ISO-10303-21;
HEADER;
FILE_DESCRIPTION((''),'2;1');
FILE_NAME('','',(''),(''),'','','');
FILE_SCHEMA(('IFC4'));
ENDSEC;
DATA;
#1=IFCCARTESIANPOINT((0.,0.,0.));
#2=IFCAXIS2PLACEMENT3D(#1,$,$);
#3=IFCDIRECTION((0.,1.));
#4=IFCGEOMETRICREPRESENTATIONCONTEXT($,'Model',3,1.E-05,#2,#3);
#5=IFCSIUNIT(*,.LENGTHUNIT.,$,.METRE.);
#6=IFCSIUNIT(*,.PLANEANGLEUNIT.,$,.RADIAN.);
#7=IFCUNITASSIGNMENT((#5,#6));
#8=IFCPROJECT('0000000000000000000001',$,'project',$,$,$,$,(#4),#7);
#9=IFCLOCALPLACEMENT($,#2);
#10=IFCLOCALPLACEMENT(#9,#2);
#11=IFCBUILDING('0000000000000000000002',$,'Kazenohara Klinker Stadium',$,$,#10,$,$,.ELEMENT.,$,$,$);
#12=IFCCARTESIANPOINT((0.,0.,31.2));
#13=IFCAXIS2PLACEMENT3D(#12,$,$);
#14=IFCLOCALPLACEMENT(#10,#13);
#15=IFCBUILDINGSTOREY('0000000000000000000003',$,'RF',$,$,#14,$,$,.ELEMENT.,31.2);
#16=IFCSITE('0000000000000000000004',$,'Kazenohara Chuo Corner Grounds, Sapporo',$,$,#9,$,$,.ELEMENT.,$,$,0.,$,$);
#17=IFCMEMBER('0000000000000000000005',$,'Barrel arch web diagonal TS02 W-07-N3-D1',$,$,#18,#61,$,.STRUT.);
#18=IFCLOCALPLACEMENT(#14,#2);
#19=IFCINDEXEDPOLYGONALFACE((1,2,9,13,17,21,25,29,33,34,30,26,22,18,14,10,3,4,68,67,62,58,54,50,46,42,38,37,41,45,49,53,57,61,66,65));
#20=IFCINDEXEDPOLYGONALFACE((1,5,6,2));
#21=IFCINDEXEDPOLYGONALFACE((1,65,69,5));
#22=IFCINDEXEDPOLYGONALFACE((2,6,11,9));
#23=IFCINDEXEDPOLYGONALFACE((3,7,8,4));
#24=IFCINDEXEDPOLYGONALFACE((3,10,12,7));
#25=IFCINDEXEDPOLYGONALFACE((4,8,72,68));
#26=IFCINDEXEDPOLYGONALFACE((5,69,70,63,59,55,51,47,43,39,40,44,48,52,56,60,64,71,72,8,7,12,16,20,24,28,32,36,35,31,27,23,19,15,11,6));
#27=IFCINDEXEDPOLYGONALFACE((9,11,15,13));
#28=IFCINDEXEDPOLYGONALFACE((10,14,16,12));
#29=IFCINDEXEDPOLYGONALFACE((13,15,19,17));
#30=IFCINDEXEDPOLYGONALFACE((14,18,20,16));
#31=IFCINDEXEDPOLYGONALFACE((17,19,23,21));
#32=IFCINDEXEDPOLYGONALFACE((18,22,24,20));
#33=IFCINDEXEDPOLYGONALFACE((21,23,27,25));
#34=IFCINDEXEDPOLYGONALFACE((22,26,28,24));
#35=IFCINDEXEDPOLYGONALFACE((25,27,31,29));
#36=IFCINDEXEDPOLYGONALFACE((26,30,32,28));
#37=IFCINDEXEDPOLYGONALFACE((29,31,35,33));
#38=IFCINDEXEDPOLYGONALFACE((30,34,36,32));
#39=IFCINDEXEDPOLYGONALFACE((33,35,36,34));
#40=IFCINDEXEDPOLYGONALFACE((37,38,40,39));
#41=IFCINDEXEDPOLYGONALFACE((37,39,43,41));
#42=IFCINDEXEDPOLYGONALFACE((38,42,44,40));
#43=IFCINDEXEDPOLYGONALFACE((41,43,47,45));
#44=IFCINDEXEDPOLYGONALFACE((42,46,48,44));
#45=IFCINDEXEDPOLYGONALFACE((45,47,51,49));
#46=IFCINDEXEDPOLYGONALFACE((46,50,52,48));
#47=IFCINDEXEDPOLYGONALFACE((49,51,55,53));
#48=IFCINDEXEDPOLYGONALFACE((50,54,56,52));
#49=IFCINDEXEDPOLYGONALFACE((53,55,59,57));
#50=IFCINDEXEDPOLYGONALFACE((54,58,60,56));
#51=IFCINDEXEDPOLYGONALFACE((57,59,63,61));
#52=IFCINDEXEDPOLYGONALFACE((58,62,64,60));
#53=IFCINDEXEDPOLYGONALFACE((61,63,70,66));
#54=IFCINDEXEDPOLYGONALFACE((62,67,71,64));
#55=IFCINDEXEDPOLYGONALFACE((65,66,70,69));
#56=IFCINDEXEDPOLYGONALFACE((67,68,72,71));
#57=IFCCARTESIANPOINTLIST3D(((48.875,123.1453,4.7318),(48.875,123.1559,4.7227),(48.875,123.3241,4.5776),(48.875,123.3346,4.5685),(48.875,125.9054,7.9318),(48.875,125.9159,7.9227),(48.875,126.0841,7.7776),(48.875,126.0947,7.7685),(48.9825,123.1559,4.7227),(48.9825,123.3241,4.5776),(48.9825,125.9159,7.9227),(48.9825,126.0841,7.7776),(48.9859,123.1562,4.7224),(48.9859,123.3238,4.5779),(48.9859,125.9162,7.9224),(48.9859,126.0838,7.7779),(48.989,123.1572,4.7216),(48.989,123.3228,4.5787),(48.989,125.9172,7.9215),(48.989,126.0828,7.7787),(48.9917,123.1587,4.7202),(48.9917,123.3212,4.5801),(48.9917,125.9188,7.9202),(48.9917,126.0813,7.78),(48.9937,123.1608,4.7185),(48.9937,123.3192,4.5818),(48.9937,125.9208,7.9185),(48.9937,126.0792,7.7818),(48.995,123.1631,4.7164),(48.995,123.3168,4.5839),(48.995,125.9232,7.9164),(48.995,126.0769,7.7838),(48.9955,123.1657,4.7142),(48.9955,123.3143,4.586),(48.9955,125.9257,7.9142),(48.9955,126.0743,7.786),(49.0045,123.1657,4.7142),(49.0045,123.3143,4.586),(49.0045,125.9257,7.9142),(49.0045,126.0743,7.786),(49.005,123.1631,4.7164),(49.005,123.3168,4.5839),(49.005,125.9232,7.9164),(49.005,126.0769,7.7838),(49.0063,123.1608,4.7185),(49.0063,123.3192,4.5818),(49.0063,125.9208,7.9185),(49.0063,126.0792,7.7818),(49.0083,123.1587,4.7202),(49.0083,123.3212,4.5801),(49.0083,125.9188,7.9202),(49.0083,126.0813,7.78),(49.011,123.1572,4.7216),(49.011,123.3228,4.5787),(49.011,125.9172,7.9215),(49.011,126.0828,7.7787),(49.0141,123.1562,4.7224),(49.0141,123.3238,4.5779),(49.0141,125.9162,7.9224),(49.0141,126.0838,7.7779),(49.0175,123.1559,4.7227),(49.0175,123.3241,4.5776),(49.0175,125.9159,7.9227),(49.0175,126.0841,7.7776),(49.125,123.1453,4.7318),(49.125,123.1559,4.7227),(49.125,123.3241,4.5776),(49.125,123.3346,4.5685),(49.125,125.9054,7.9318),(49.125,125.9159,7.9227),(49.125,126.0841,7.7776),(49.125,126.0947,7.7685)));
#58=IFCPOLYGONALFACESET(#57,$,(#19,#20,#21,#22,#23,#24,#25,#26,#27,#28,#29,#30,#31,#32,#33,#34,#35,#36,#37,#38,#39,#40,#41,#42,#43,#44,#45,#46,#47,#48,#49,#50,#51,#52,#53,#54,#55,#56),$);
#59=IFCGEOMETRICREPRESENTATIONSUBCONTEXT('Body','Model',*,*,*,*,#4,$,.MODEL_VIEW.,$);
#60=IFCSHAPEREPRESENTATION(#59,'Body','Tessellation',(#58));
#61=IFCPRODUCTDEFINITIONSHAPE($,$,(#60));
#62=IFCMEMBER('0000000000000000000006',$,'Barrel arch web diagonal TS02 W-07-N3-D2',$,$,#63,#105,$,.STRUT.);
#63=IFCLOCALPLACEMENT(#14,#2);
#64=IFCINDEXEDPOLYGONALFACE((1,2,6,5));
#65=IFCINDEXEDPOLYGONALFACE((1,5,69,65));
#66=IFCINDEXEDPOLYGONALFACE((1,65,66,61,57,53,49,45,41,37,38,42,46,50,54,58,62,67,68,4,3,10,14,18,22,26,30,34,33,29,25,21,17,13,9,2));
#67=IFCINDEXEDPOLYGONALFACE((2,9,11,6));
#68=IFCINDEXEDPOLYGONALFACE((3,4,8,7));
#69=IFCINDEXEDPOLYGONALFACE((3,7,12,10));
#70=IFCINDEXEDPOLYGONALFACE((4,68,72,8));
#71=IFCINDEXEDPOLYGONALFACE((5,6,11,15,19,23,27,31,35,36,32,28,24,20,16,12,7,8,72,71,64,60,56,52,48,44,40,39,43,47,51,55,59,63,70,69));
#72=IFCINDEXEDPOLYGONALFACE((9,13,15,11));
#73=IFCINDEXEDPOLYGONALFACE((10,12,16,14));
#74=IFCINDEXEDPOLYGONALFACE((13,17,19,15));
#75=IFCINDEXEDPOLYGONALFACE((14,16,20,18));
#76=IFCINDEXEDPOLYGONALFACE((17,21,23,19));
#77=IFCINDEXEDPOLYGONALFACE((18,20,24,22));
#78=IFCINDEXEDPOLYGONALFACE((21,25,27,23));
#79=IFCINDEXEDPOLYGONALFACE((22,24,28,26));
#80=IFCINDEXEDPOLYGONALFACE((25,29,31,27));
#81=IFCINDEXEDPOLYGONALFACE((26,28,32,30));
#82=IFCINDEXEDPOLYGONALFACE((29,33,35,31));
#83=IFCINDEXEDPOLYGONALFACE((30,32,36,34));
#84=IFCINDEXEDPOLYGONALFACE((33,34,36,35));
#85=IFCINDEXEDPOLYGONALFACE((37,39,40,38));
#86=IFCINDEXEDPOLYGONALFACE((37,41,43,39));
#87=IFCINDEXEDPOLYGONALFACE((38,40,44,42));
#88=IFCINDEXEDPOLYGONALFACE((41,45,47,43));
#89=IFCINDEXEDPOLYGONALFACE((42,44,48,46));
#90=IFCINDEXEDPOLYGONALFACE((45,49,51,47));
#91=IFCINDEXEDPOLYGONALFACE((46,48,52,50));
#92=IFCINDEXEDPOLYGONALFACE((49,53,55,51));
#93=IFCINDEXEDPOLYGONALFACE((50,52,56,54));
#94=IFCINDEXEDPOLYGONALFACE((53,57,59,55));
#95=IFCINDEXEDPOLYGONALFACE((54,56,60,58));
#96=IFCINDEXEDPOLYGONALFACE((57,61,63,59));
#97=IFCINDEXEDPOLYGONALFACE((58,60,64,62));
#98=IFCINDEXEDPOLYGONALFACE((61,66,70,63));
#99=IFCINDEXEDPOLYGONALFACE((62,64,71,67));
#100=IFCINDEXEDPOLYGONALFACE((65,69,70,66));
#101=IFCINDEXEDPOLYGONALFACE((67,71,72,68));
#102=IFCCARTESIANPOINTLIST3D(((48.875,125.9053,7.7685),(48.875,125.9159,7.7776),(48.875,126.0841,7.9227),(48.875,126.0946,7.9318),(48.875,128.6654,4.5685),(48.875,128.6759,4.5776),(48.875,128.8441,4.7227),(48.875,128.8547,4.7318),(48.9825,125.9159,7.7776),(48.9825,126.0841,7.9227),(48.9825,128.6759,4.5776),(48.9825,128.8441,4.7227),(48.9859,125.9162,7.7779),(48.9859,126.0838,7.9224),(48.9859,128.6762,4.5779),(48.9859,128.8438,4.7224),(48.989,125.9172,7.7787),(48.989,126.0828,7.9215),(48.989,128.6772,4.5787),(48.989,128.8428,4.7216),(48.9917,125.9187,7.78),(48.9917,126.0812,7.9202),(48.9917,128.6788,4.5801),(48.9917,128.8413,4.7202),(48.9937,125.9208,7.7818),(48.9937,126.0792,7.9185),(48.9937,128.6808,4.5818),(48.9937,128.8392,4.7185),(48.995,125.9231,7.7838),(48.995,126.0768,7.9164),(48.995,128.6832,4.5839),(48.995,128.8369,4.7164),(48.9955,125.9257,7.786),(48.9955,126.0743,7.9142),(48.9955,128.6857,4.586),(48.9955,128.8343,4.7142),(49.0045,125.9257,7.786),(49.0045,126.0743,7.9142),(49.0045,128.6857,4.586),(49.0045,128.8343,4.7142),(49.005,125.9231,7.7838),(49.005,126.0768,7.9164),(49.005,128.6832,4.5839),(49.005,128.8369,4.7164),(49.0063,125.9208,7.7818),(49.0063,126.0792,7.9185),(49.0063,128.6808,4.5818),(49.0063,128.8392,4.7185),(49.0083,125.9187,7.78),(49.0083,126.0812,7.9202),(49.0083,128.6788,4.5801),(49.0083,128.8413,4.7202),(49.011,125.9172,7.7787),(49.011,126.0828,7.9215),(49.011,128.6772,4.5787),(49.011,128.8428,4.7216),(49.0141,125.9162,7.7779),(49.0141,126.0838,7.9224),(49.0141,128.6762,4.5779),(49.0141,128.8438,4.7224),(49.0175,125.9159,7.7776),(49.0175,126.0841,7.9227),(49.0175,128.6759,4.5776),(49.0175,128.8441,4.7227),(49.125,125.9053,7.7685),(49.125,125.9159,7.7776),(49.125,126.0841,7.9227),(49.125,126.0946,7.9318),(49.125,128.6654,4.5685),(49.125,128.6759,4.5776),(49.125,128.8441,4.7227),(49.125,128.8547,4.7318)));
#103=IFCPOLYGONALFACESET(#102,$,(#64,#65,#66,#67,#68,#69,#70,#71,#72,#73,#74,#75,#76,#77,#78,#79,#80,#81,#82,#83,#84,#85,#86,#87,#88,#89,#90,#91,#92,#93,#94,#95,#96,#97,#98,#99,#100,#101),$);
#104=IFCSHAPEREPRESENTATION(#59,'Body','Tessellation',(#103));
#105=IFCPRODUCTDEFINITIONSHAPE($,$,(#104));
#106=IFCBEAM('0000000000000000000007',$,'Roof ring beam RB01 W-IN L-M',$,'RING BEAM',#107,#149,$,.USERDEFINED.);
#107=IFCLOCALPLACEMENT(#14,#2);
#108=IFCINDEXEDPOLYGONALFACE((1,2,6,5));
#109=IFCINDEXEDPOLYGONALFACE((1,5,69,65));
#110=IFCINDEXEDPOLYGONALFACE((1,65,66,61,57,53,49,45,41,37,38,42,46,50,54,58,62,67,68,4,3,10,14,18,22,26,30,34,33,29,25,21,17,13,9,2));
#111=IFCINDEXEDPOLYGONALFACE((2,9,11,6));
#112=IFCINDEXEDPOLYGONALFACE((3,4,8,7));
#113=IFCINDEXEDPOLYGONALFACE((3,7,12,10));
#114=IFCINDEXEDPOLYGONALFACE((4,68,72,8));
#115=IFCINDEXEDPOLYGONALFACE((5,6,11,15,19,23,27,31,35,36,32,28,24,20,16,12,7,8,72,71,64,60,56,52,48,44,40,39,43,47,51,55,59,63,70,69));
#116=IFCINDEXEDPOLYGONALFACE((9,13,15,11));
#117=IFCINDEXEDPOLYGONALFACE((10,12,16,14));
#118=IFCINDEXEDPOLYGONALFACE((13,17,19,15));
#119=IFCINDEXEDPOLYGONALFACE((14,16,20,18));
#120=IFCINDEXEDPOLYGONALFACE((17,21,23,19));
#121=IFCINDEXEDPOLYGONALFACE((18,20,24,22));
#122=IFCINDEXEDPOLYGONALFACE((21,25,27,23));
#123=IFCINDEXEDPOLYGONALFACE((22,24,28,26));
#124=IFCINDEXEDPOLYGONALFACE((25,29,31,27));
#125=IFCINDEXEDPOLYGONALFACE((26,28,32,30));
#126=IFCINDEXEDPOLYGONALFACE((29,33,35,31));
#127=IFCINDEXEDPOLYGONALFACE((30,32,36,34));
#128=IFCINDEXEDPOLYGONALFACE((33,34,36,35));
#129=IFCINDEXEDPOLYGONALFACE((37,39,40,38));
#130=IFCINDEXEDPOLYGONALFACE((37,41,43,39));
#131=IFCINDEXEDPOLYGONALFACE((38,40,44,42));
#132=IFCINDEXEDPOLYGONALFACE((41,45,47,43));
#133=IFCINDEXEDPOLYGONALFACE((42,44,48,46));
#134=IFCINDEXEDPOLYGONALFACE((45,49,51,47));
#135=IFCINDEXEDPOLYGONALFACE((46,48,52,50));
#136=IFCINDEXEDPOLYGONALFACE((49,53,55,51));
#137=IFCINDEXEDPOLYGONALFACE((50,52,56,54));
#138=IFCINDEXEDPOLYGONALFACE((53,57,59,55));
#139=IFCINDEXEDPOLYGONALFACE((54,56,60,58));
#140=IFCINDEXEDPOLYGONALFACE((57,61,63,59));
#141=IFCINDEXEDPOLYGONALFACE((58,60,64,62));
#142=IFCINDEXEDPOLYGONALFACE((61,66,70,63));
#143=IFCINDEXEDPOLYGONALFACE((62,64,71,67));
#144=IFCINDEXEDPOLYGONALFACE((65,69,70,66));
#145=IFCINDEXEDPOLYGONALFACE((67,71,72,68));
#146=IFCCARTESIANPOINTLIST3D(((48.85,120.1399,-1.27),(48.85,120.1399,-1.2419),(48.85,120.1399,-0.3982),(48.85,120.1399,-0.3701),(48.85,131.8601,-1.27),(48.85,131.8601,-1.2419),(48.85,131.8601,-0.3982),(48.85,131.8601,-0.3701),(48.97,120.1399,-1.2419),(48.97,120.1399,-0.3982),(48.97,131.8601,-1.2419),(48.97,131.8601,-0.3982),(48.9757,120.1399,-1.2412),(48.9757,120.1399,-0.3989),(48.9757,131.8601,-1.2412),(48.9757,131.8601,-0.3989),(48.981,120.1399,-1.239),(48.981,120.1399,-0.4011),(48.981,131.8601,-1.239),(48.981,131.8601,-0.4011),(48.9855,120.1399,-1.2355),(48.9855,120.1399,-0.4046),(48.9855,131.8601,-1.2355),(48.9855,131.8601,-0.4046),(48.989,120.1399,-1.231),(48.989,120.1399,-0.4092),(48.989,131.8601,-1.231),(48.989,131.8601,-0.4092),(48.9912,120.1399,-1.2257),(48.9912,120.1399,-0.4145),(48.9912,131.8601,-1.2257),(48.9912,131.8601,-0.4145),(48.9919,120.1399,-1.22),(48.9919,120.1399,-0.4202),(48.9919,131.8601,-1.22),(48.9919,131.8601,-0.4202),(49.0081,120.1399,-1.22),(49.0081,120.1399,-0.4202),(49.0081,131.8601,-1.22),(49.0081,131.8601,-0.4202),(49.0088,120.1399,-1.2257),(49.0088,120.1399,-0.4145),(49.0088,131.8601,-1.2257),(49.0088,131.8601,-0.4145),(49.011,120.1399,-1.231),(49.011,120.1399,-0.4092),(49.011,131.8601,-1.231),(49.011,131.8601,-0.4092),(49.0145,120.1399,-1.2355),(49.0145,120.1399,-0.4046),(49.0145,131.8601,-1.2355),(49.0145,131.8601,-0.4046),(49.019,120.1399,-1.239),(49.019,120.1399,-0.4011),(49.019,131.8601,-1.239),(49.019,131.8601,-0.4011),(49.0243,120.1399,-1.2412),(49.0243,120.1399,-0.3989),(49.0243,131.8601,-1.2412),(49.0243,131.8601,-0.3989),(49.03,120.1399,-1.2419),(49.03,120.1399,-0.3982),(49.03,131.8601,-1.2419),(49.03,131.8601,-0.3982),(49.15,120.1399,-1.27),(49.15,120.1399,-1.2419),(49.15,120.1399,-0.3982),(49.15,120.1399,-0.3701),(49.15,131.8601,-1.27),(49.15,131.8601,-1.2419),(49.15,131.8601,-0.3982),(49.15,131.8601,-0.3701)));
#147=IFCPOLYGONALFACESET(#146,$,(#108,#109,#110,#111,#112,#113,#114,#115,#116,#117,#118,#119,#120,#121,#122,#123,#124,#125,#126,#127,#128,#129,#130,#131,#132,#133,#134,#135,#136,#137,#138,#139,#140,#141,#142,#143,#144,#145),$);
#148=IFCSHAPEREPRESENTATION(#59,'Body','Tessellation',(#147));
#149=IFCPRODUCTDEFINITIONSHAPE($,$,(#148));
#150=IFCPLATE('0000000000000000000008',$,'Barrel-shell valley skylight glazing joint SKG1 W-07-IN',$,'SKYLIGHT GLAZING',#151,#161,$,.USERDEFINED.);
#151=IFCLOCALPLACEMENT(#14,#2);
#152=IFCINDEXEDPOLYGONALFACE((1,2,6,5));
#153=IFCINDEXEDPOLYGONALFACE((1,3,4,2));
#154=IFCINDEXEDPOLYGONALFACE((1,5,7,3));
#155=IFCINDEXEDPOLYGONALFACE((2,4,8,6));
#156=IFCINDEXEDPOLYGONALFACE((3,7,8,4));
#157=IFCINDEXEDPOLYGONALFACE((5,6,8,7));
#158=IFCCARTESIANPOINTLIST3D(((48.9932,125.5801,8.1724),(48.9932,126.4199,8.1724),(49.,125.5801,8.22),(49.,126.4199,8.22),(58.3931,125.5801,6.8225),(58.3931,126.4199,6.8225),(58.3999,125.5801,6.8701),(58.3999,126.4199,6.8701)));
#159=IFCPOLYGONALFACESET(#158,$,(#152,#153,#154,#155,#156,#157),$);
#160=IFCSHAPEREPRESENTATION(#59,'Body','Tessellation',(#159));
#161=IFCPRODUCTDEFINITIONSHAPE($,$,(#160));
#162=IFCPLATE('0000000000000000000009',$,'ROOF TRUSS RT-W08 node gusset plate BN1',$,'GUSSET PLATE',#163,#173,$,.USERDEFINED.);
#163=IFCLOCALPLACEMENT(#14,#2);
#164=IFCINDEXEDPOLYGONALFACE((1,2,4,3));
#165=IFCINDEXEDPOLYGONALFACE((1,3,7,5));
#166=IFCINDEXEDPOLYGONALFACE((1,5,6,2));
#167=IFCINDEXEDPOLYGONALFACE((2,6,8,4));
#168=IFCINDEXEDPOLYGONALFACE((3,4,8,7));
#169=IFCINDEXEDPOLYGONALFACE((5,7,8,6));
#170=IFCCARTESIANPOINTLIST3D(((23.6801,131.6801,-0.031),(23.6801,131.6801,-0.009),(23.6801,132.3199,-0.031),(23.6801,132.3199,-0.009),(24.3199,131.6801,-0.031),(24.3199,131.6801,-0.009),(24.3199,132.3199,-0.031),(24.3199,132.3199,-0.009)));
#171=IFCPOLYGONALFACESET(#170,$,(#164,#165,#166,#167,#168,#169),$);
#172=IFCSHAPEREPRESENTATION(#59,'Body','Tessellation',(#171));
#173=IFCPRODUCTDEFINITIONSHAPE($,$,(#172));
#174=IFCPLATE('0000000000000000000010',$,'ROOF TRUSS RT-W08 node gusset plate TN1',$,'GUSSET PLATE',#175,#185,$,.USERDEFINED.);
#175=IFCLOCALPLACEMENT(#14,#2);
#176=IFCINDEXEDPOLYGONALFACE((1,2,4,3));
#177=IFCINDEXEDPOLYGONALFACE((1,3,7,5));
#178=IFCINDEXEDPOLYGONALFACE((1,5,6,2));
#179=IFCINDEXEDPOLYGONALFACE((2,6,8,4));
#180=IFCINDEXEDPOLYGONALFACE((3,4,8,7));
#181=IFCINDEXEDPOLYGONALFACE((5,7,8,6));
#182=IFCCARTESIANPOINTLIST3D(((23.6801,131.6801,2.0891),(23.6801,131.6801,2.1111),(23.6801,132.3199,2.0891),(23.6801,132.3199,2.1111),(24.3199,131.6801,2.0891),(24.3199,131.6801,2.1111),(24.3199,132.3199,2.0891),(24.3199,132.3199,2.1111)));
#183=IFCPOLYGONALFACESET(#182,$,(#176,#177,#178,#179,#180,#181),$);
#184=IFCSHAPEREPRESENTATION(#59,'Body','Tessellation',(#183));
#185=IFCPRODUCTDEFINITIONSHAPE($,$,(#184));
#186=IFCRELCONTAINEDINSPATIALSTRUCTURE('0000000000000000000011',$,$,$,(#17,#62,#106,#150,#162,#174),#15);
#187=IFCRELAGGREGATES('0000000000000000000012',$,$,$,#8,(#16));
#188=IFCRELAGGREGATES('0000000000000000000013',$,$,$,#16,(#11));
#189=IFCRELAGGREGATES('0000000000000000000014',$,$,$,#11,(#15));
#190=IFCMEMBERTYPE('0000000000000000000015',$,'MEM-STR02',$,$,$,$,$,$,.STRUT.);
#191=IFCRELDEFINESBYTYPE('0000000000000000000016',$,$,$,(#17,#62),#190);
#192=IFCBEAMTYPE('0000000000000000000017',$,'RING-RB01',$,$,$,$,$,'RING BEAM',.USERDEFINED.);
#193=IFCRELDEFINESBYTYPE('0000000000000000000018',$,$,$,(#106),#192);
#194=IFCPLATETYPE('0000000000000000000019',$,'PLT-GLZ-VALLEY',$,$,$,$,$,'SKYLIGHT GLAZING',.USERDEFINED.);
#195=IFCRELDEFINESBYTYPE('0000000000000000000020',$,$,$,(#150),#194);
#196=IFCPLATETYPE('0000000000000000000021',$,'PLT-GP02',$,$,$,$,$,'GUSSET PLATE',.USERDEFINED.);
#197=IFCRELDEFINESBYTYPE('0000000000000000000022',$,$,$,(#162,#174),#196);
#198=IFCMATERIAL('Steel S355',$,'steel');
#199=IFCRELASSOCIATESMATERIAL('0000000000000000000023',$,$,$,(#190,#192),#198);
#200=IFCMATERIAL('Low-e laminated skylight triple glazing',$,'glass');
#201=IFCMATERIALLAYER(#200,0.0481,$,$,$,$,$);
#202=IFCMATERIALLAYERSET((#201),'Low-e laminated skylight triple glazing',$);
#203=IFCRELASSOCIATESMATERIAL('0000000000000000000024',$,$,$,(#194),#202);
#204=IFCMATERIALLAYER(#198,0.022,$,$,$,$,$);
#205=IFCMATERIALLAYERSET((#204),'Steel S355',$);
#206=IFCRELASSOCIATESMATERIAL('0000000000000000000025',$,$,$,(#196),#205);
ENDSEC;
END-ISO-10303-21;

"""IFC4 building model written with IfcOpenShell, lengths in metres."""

from ifc_helpers import new_model, si_unit, direction, frame, origin, origin_2d, place, context, subcontext, project, spatial, polyline, rectangle, i_section, outline, extrude, material, layer, layer_set, material_profile, profile_set, type_object, element, save


model = new_model("IFC4")

# Units and contexts
model_context = context("Model", 3, precision=1e-05, world=origin(), true_north=direction((0.0, 1.0)))
body_context = subcontext(model_context, "Body", "Model", "MODEL_VIEW")
ifc_project = project(units=[si_unit("LENGTHUNIT", "METRE"), si_unit("PLANEANGLEUNIT", "RADIAN")], contexts=[model_context])

# Site, building, storey
site_placement = place(None, origin())
site = spatial("IfcSite", under=ifc_project, at=site_placement, Name="Kazenohara Chuo Corner Grounds, Sapporo", CompositionType="ELEMENT", RefElevation=0.0)
building_placement = place(site_placement, origin())
building = spatial("IfcBuilding", under=site, at=building_placement, Name="Kazenohara Klinker Stadium", CompositionType="ELEMENT")
storey_placement = place(building_placement, frame((0.0, 0.0, 31.2)))
storey = spatial("IfcBuildingStorey", under=building, at=storey_placement, Name="RF", CompositionType="ELEMENT", Elevation=31.2)

# Members
ifc_material_1 = material(Name="Steel S355", Category="steel")
ifc_material_profile_1 = material_profile(ifc_material_1, i_section(OverallWidth=0.25, OverallDepth=0.25, WebThickness=0.009, FlangeThickness=0.0139, FilletRadius=0.0129, at=origin_2d()), Name="H-250x250x9x14")
ifc_profile_set_1 = profile_set([ifc_material_profile_1], Name="Steel S355")
member_type_1 = type_object("IfcMemberType", Name="MEM-STR02", PredefinedType="STRUT", material=ifc_profile_set_1)
for number, where, z_axis, x_axis, name in (
    (1, (49.0, 123.24, 4.6501), (0.0, 0.653134, 0.757242), (-1.0, 0.0, 0.0), "Barrel arch web diagonal TS02 W-07-N3-D1"),
    (2, (49.0, 128.76, 4.6501), (0.0, -0.653134, 0.757242), (1.0, 0.0, 0.0), "Barrel arch web diagonal TS02 W-07-N3-D2"),
):
    element("IfcMember", number, at=place(storey_placement, frame(where, z_axis=z_axis, x_axis=x_axis)), inside=storey, type_object=member_type_1, Name=name, PredefinedType="STRUT", context=body_context, shape_type="SweptSolid", body=[
        extrude(i_section(OverallWidth=0.25, OverallDepth=0.25, WebThickness=0.009, FlangeThickness=0.0139, FilletRadius=0.0129, at=origin_2d()), origin(), (0.0, 0.0, 1.0), 4.2258),
    ])

# Beam
ifc_material_profile_2 = material_profile(ifc_material_1, i_section(OverallWidth=0.3, OverallDepth=0.8999, WebThickness=0.0161, FlangeThickness=0.0281, FilletRadius=0.022, at=origin_2d()), Name="H-900x300x16x28")
ifc_profile_set_2 = profile_set([ifc_material_profile_2], Name="Steel S355")
beam_type = type_object("IfcBeamType", Name="RING-RB01", ElementType="RING BEAM", PredefinedType="USERDEFINED", material=ifc_profile_set_2)
beam_placement = place(storey_placement, frame((49.0, 120.1399, -0.8201), z_axis=(0.0, 1.0, 0.0), x_axis=(-1.0, 0.0, 0.0)))
element("IfcBeam", 3, at=beam_placement, inside=storey, type_object=beam_type, Name="Roof ring beam RB01 W-IN L-M", ObjectType="RING BEAM", PredefinedType="USERDEFINED", context=body_context, shape_type="SweptSolid", body=[
    extrude(i_section(OverallWidth=0.3, OverallDepth=0.8999, WebThickness=0.0161, FlangeThickness=0.0281, FilletRadius=0.022, at=origin_2d()), origin(), (0.0, 0.0, 1.0), 11.7202),
])

# Plates
ifc_material_2 = material(Name="Low-e laminated skylight triple glazing", Category="glass")
ifc_layer_1 = layer(ifc_material_2, 0.0481)
ifc_layer_set_1 = layer_set([ifc_layer_1], Name="Low-e laminated skylight triple glazing")
plate_type_1 = type_object("IfcPlateType", Name="PLT-GLZ-VALLEY", ElementType="SKYLIGHT GLAZING", PredefinedType="USERDEFINED", material=ifc_layer_set_1)
plate_1_placement = place(storey_placement, frame((49.0, 125.5801, 8.22), z_axis=(0.142145, 0.0, 0.989846), x_axis=(0.989846, 0.0, -0.142145)))
element("IfcPlate", 4, at=plate_1_placement, inside=storey, type_object=plate_type_1, Name="Barrel-shell valley skylight glazing joint SKG1 W-07-IN", ObjectType="SKYLIGHT GLAZING", PredefinedType="USERDEFINED", context=body_context, shape_type="SweptSolid", body=[
    extrude(outline(polyline([(0.0, 0.0), (9.4963, 0.0), (9.4963, 0.8398), (0.0, 0.8398), (0.0, 0.0)])), origin(), (0.0, 0.0, -1.0), 0.0481),
])
ifc_layer_2 = layer(ifc_material_1, 0.022)
ifc_layer_set_2 = layer_set([ifc_layer_2], Name="Steel S355")
plate_type_2 = type_object("IfcPlateType", Name="PLT-GP02", ElementType="GUSSET PLATE", PredefinedType="USERDEFINED", material=ifc_layer_set_2)
for number, where, z_axis, x_axis, name in (
    (5, (24.0, 132.0, -0.031), (0.0, 0.0, 1.0), (1.0, 0.0, 0.0), "ROOF TRUSS RT-W08 node gusset plate BN1"),
    (6, (24.0, 132.0, 2.0891), (0.0, 0.0, 1.0), (1.0, 0.0, 0.0), "ROOF TRUSS RT-W08 node gusset plate TN1"),
):
    element("IfcPlate", number, at=place(storey_placement, frame(where, z_axis=z_axis, x_axis=x_axis)), inside=storey, type_object=plate_type_2, Name=name, ObjectType="GUSSET PLATE", PredefinedType="USERDEFINED", context=body_context, shape_type="SweptSolid", body=[
        extrude(rectangle(XDim=0.6399, YDim=0.6399, at=origin_2d()), origin(), (0.0, 0.0, 1.0), 0.022),
    ])

save(model, "model.ifc")
